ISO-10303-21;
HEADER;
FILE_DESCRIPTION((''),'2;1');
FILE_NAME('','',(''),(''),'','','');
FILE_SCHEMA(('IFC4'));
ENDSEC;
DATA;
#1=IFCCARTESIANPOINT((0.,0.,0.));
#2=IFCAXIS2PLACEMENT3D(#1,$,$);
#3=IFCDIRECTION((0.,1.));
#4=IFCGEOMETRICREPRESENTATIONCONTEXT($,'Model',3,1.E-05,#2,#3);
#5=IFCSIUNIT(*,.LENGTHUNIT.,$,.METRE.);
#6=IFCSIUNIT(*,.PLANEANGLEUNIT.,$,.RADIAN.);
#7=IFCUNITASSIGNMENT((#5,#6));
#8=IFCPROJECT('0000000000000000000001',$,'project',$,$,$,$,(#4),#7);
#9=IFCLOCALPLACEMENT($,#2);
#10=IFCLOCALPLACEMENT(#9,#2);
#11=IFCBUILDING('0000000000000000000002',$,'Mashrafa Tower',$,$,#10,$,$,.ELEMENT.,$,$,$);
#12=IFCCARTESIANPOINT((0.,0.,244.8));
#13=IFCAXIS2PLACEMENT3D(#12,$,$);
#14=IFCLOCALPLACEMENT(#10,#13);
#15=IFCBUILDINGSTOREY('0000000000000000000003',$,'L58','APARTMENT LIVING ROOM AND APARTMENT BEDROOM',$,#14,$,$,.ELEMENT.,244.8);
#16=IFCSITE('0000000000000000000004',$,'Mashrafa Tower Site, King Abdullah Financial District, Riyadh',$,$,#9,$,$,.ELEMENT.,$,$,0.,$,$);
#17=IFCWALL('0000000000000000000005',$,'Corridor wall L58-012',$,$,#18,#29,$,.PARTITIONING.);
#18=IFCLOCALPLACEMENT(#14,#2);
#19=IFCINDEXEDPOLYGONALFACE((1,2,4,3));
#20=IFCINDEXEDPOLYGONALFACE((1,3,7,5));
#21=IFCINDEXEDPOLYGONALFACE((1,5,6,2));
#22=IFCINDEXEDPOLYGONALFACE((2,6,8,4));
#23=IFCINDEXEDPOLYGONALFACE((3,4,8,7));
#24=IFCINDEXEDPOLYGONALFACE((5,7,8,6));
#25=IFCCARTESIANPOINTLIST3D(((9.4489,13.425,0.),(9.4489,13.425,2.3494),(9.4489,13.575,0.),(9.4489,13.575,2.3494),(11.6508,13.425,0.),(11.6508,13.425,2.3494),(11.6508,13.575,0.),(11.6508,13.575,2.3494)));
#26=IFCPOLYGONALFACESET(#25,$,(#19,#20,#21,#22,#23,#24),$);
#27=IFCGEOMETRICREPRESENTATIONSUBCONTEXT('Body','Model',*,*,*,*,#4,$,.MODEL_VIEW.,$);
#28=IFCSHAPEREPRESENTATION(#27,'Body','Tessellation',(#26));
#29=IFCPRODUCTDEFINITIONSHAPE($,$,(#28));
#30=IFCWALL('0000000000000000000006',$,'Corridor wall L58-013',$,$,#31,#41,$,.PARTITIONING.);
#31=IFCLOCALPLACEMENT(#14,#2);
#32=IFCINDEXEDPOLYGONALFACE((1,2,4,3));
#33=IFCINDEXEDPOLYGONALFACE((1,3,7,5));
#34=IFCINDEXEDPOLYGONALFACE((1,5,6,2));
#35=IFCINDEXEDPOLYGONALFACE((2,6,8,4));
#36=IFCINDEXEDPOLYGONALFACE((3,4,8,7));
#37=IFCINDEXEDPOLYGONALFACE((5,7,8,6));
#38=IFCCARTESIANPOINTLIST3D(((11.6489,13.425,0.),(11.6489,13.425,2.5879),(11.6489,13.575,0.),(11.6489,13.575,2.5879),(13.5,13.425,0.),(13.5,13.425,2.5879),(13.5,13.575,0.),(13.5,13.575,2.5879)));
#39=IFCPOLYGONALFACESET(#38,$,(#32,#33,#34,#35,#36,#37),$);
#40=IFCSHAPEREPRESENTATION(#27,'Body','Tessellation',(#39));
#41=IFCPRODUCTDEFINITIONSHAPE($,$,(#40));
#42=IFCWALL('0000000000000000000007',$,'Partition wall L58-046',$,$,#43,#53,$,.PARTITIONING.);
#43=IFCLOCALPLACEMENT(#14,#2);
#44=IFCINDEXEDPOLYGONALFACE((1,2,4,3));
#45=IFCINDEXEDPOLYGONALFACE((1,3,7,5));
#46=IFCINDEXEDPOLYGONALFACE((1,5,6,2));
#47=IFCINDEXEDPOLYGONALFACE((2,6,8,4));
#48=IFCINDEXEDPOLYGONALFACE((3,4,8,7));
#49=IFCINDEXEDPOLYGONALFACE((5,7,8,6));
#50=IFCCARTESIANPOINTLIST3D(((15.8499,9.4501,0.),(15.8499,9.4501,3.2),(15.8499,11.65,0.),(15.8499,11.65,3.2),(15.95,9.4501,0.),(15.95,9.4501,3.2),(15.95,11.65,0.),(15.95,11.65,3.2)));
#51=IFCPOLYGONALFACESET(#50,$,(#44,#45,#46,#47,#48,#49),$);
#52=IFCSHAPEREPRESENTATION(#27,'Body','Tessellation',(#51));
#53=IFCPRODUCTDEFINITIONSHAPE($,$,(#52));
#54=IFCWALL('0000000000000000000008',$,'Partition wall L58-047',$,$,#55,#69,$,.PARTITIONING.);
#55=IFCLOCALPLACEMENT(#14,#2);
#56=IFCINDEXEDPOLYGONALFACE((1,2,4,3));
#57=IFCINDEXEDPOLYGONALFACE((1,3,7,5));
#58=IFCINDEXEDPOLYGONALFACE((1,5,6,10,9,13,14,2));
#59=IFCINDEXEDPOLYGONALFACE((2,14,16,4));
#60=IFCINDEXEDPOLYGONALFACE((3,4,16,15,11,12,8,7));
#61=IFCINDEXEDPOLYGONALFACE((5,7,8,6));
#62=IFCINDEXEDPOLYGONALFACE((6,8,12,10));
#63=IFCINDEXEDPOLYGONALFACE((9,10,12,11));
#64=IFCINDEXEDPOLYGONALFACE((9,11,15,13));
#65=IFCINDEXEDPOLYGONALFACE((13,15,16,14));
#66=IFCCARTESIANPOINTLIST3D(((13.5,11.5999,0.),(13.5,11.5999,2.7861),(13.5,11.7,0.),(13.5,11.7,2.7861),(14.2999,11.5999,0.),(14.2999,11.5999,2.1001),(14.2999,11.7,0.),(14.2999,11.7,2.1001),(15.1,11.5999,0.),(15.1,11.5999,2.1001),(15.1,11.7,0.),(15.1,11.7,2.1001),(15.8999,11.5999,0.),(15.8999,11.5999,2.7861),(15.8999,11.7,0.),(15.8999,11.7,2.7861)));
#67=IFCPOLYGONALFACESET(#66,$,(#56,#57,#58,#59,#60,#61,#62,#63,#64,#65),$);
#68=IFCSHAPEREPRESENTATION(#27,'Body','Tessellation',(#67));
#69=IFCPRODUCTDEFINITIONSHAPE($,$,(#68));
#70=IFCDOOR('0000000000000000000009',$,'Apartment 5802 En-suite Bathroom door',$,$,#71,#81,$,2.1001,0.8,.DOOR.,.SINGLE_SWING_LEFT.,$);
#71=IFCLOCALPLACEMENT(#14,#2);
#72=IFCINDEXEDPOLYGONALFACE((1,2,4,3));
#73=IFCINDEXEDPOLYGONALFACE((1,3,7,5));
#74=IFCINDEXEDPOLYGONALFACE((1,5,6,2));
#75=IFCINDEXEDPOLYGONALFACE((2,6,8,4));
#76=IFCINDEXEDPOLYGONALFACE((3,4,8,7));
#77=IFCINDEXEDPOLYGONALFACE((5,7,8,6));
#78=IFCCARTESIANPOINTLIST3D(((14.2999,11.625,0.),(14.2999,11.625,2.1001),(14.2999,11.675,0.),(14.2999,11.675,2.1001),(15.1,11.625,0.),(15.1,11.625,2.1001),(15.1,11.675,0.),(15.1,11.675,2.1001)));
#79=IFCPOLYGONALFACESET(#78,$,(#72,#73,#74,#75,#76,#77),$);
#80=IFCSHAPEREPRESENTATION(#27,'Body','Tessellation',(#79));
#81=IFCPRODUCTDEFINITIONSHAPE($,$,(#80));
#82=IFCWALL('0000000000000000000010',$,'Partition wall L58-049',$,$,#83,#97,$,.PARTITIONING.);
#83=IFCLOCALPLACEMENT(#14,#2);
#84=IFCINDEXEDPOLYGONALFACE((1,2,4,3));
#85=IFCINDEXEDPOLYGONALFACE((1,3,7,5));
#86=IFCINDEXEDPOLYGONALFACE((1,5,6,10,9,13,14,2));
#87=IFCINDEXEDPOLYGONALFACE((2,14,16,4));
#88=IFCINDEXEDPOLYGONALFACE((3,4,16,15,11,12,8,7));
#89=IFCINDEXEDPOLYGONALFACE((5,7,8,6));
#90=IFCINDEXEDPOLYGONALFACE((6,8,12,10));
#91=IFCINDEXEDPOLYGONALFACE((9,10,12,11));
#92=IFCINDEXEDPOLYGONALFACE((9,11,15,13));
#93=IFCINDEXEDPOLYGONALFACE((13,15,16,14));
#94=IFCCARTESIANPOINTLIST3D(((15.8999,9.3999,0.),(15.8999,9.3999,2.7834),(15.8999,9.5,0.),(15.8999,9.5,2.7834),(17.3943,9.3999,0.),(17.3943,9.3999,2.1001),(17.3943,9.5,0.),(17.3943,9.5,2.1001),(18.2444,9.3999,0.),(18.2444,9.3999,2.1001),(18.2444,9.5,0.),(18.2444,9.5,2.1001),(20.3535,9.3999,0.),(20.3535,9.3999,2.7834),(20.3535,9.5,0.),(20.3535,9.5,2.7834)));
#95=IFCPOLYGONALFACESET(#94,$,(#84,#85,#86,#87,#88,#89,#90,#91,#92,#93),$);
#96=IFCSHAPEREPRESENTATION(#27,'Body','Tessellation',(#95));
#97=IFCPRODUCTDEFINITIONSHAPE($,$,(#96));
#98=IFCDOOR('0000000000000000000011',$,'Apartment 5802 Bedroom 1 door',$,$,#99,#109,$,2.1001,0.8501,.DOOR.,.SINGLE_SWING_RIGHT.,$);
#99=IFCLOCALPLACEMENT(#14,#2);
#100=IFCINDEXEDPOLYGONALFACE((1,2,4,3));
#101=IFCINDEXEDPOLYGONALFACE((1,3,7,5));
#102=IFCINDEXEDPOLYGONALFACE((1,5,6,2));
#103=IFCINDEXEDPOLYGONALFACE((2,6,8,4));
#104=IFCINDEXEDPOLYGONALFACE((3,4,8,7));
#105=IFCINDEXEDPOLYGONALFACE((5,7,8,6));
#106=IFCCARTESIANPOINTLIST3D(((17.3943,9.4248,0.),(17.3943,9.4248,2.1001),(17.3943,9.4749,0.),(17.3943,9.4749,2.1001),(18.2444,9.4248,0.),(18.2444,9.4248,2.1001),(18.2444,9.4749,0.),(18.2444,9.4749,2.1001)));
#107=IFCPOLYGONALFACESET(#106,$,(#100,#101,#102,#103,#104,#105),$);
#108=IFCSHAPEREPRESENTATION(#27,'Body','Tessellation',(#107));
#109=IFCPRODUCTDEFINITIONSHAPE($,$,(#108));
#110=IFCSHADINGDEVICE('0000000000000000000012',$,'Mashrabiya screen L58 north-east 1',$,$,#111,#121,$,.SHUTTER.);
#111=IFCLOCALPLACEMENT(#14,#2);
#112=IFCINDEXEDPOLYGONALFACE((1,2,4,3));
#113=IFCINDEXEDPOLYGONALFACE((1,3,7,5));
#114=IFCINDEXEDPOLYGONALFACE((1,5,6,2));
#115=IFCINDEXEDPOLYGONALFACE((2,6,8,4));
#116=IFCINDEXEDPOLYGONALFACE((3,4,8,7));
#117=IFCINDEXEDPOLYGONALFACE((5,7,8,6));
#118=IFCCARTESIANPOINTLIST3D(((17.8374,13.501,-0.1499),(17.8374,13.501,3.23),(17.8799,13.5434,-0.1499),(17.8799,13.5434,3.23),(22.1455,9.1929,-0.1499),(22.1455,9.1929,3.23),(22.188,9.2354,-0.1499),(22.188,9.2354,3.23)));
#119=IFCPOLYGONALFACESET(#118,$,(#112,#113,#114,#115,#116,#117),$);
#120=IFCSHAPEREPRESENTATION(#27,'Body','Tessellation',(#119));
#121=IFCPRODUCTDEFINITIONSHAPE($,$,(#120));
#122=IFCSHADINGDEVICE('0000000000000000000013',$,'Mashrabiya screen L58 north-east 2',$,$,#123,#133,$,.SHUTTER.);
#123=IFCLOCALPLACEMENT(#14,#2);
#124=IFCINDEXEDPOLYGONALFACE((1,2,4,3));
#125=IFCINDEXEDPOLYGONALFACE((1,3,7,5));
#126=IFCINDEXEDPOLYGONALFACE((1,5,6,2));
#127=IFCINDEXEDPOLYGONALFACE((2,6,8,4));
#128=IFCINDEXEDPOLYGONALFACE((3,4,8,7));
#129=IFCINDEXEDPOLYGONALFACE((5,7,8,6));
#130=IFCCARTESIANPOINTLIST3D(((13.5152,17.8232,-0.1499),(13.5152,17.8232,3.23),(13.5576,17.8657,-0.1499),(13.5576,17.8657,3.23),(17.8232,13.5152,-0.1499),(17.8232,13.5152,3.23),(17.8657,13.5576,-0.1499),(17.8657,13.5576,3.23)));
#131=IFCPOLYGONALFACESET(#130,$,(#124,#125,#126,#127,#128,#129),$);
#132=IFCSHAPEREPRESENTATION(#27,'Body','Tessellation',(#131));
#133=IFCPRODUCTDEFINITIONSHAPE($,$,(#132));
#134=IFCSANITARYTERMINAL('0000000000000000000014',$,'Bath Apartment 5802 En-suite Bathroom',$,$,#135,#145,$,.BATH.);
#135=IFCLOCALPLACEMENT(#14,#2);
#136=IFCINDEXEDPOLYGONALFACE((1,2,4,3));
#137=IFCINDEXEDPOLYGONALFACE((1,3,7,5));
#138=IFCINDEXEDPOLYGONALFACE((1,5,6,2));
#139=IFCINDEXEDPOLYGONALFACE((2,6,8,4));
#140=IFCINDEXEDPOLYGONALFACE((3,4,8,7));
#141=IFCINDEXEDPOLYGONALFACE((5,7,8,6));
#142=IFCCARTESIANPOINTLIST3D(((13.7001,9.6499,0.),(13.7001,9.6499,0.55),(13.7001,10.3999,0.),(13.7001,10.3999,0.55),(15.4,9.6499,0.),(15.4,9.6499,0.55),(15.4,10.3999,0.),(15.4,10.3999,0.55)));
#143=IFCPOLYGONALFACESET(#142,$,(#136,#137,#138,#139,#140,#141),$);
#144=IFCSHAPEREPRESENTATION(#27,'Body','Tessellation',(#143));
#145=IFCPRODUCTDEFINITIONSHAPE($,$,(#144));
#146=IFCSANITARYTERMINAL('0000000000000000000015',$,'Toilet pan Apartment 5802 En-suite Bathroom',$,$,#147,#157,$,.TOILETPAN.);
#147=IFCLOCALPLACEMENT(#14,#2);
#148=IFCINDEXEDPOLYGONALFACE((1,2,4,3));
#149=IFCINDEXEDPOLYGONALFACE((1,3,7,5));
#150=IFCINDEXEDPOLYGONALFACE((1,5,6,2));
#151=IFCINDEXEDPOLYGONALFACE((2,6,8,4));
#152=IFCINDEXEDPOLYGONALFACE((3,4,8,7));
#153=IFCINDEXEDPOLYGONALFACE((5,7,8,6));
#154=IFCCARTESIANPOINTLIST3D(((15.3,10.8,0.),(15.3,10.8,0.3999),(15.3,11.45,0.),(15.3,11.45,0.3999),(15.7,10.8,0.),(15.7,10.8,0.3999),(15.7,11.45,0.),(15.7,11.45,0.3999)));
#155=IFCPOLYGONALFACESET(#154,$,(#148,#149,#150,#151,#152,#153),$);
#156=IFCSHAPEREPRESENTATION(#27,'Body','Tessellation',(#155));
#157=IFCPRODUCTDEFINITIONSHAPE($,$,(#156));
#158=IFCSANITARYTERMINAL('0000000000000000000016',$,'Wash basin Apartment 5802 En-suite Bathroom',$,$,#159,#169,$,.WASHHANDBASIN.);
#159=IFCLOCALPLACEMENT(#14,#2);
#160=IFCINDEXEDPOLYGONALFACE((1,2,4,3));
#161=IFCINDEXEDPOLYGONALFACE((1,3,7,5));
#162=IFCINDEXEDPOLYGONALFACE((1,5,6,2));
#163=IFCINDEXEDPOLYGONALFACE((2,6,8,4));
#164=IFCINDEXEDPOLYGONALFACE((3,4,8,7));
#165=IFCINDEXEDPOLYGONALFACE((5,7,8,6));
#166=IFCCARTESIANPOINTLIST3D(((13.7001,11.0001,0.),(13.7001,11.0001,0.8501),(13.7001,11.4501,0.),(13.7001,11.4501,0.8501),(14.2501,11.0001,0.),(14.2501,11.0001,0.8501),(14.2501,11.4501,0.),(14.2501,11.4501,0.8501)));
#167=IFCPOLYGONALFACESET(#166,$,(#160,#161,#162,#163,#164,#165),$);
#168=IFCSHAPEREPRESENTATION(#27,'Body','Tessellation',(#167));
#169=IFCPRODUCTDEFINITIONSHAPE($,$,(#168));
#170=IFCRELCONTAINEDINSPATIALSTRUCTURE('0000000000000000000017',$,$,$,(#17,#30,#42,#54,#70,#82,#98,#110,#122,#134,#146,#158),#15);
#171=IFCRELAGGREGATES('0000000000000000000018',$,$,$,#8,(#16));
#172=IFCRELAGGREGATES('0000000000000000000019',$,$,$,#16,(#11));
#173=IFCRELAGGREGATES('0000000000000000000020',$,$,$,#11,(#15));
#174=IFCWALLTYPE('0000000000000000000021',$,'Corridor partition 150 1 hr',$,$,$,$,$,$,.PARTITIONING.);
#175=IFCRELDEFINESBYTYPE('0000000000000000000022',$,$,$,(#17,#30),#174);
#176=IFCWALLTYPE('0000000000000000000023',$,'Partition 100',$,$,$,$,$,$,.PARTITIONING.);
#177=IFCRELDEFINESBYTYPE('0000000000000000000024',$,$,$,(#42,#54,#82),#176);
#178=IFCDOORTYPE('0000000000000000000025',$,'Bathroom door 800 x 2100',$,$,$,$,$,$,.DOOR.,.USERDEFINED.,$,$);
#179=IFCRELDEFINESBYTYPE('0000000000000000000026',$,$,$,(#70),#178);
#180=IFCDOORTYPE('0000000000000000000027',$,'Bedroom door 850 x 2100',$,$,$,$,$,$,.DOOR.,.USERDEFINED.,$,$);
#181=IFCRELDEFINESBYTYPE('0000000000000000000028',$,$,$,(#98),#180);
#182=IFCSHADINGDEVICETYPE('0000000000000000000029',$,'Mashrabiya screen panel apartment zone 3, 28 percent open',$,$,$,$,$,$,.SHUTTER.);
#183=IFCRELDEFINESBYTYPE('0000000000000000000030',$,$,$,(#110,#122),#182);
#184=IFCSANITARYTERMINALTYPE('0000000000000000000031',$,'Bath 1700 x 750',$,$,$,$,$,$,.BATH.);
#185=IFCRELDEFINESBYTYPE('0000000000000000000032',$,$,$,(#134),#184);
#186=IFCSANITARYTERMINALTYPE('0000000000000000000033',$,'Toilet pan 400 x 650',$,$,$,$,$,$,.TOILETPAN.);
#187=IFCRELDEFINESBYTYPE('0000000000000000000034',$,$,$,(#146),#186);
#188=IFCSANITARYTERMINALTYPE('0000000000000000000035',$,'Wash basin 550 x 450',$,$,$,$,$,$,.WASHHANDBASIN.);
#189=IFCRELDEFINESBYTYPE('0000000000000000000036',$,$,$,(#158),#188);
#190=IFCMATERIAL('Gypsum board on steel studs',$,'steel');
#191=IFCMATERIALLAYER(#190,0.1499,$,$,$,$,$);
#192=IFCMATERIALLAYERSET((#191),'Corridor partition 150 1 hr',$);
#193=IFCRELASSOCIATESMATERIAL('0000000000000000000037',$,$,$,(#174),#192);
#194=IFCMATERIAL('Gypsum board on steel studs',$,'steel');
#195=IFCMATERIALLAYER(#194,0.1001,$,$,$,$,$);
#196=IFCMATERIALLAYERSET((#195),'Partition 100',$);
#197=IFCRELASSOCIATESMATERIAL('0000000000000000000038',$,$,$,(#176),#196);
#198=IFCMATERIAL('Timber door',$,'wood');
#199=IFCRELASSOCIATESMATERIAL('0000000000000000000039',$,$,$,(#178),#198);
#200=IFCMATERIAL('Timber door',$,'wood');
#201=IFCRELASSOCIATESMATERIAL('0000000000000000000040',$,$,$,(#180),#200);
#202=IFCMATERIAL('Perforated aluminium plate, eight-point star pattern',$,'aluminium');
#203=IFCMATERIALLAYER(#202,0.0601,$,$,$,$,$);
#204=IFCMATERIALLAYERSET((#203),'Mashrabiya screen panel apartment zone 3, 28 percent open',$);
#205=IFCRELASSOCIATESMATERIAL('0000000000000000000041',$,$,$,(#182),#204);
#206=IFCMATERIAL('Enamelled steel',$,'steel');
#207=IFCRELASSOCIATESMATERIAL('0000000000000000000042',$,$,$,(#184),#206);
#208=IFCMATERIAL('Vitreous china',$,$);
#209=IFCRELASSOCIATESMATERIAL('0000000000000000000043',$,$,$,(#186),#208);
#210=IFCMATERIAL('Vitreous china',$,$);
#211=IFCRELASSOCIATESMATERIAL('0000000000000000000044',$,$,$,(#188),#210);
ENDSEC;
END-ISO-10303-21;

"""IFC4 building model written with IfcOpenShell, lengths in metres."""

from ifc_helpers import new_model, si_unit, direction, frame, frame_2d, origin, origin_2d, place, context, subcontext, project, spatial, rectangle, extrude, source, transform, mapped, material, layer, layer_set, type_object, type_shapes, element, fill, save


model = new_model("IFC4")

# Units and contexts
model_context = context("Model", 3, precision=1e-05, world=origin(), true_north=direction((0.0, 1.0)))
body_context = subcontext(model_context, "Body", "Model", "MODEL_VIEW")
ifc_project = project(units=[si_unit("LENGTHUNIT", "METRE"), si_unit("PLANEANGLEUNIT", "RADIAN")], contexts=[model_context])

# Site, building, storey
site_placement = place(None, origin())
site = spatial("IfcSite", under=ifc_project, at=site_placement, Name="Mashrafa Tower Site, King Abdullah Financial District, Riyadh", CompositionType="ELEMENT", RefElevation=0.0)
building_placement = place(site_placement, origin())
building = spatial("IfcBuilding", under=site, at=building_placement, Name="Mashrafa Tower", CompositionType="ELEMENT")
storey_placement = place(building_placement, frame((0.0, 0.0, 244.8)))
storey = spatial("IfcBuildingStorey", under=building, at=storey_placement, Name="L58", Description="APARTMENT LIVING ROOM AND APARTMENT BEDROOM", CompositionType="ELEMENT", Elevation=244.8)

# Walls
ifc_material_1 = material(Name="Gypsum board on steel studs", Category="steel")
ifc_layer_1 = layer(ifc_material_1, 0.1499)
ifc_layer_set_1 = layer_set([ifc_layer_1], Name="Corridor partition 150 1 hr")
wall_type_1 = type_object("IfcWallType", Name="Corridor partition 150 1 hr", PredefinedType="PARTITIONING", material=ifc_layer_set_1)
wall_1_placement = place(storey_placement, frame((11.6509, 13.5, 0.0), z_axis=(0.0, 0.0, 1.0), x_axis=(-1.0, 0.0, 0.0)))
element("IfcWall", 1, at=wall_1_placement, inside=storey, type_object=wall_type_1, Name="Corridor wall L58-012", PredefinedType="PARTITIONING", context=body_context, shape_type="SweptSolid", body=[
    extrude(rectangle(XDim=2.2019, YDim=0.1499, at=frame_2d((1.1011, 0.0))), origin(), (0.0, 0.0, 1.0), 2.3494),
])
wall_2_placement = place(storey_placement, frame((13.5, 13.5, 0.0), z_axis=(0.0, 0.0, 1.0), x_axis=(-1.0, 0.0, 0.0)))
element("IfcWall", 2, at=wall_2_placement, inside=storey, type_object=wall_type_1, Name="Corridor wall L58-013", PredefinedType="PARTITIONING", context=body_context, shape_type="SweptSolid", body=[
    extrude(rectangle(XDim=1.8511, YDim=0.1499, at=frame_2d((0.9255, 0.0))), origin(), (0.0, 0.0, 1.0), 2.5879),
])
ifc_material_2 = material(Name="Gypsum board on steel studs", Category="steel")
ifc_layer_2 = layer(ifc_material_2, 0.1001)
ifc_layer_set_2 = layer_set([ifc_layer_2], Name="Partition 100")
wall_type_2 = type_object("IfcWallType", Name="Partition 100", PredefinedType="PARTITIONING", material=ifc_layer_set_2)
wall_3_placement = place(storey_placement, frame((15.8999, 9.45, 0.0), z_axis=(0.0, 0.0, 1.0), x_axis=(0.0, 1.0, 0.0)))
element("IfcWall", 3, at=wall_3_placement, inside=storey, type_object=wall_type_2, Name="Partition wall L58-046", PredefinedType="PARTITIONING", context=body_context, shape_type="SweptSolid", body=[
    extrude(rectangle(XDim=2.2, YDim=0.1001, at=frame_2d((1.1001, 0.0))), origin(), (0.0, 0.0, 1.0), 3.2),
])

# Walls, openings, doors
wall_4_placement = place(storey_placement, frame((15.8999, 11.6499, 0.0), z_axis=(0.0, 0.0, 1.0), x_axis=(-1.0, 0.0, 0.0)))
wall_4 = element("IfcWall", 4, at=wall_4_placement, inside=storey, type_object=wall_type_2, Name="Partition wall L58-047", PredefinedType="PARTITIONING", context=body_context, shape_type="SweptSolid", body=[
    extrude(rectangle(XDim=2.3999, YDim=0.1001, at=frame_2d((1.2, 0.0))), origin(), (0.0, 0.0, 1.0), 2.7861),
])
opening_1_placement = place(wall_4_placement, frame((0.8, 0.0, 0.0)))
opening_1 = element("IfcOpeningElement", 5, at=opening_1_placement, cuts=wall_4, PredefinedType="OPENING", context=body_context, shape_type="SweptSolid", body=[
    extrude(rectangle(XDim=0.8, YDim=2.1001, at=frame_2d((0.3999, 1.05))), frame((0.0, 0.0601, 0.0), z_axis=(0.0, -1.0, 0.0), x_axis=(1.0, 0.0, 0.0)), (0.0, 0.0, 1.0), 0.1201),
])
ifc_material_3 = material(Name="Timber door", Category="wood")
door_type_1 = type_object("IfcDoorType", Name="Bathroom door 800 x 2100", OperationType="USERDEFINED", PredefinedType="DOOR", material=ifc_material_3)
door_1_placement = place(opening_1_placement, origin())
door_1 = element("IfcDoor", 6, at=door_1_placement, inside=storey, type_object=door_type_1, Name="Apartment 5802 En-suite Bathroom door", OperationType="SINGLE_SWING_LEFT", OverallHeight=2.1001, OverallWidth=0.8, PredefinedType="DOOR", context=body_context, shape_type="SweptSolid", body=[
    extrude(rectangle(XDim=0.8, YDim=2.1001, at=frame_2d((0.3999, 1.05))), frame((0.0, 0.0249, 0.0), z_axis=(0.0, -1.0, 0.0), x_axis=(1.0, 0.0, 0.0)), (0.0, 0.0, 1.0), 0.05),
])
fill(opening_1, door_1)
wall_5_placement = place(storey_placement, frame((15.8999, 9.45, 0.0), z_axis=(0.0, 0.0, 1.0), x_axis=(1.0, 0.0, 0.0)))
wall_5 = element("IfcWall", 7, at=wall_5_placement, inside=storey, type_object=wall_type_2, Name="Partition wall L58-049", PredefinedType="PARTITIONING", context=body_context, shape_type="SweptSolid", body=[
    extrude(rectangle(XDim=4.4536, YDim=0.1001, at=frame_2d((2.2268, 0.0))), origin(), (0.0, 0.0, 1.0), 2.7834),
])
opening_2_placement = place(wall_5_placement, frame((1.4944, 0.0, 0.0)))
opening_2 = element("IfcOpeningElement", 8, at=opening_2_placement, cuts=wall_5, PredefinedType="OPENING", context=body_context, shape_type="SweptSolid", body=[
    extrude(rectangle(XDim=0.8501, YDim=2.1001, at=frame_2d((0.425, 1.05))), frame((0.0, 0.0601, 0.0), z_axis=(0.0, -1.0, 0.0), x_axis=(1.0, 0.0, 0.0)), (0.0, 0.0, 1.0), 0.1201),
])
ifc_material_4 = material(Name="Timber door", Category="wood")
door_type_2 = type_object("IfcDoorType", Name="Bedroom door 850 x 2100", OperationType="USERDEFINED", PredefinedType="DOOR", material=ifc_material_4)
door_2_placement = place(opening_2_placement, origin())
door_2 = element("IfcDoor", 9, at=door_2_placement, inside=storey, type_object=door_type_2, Name="Apartment 5802 Bedroom 1 door", OperationType="SINGLE_SWING_RIGHT", OverallHeight=2.1001, OverallWidth=0.8501, PredefinedType="DOOR", context=body_context, shape_type="SweptSolid", body=[
    extrude(rectangle(XDim=0.8501, YDim=2.1001, at=frame_2d((0.425, 1.05))), frame((0.0, 0.0249, 0.0), z_axis=(0.0, -1.0, 0.0), x_axis=(1.0, 0.0, 0.0)), (0.0, 0.0, 1.0), 0.05),
])
fill(opening_2, door_2)

# Shading devices
ifc_material_5 = material(Name="Perforated aluminium plate, eight-point star pattern", Category="aluminium")
ifc_layer_3 = layer(ifc_material_5, 0.0601)
ifc_layer_set_3 = layer_set([ifc_layer_3], Name="Mashrabiya screen panel apartment zone 3, 28 percent open")
shading_device_type = type_object("IfcShadingDeviceType", Name="Mashrabiya screen panel apartment zone 3, 28 percent open", PredefinedType="SHUTTER", material=ifc_layer_set_3)
shared_shape_1 = source(origin(), body_context, "Body", "SweptSolid", [
    extrude(rectangle(XDim=6.0925, YDim=0.0601, at=origin_2d()), origin(), (0.0, 0.0, 1.0), 3.3799),
])
type_shapes(shading_device_type, [shared_shape_1])
for number, where, z_axis, x_axis, name in (
    (10, (20.0127, 11.3682, -0.1499), (0.0, 0.0, 1.0), (-0.707107, 0.707107, 0.0), "Mashrabiya screen L58 north-east 1"),
    (11, (15.6904, 15.6904, -0.1499), (0.0, 0.0, 1.0), (-0.707107, 0.707107, 0.0), "Mashrabiya screen L58 north-east 2"),
):
    element("IfcShadingDevice", number, at=place(storey_placement, frame(where, z_axis=z_axis, x_axis=x_axis)), inside=storey, type_object=shading_device_type, Name=name, PredefinedType="SHUTTER", context=body_context, shape_type="MappedRepresentation", body=[
        mapped(shared_shape_1, transform((0.0, 0.0, 0.0))),
    ])

# Sanitary terminals
ifc_material_6 = material(Name="Enamelled steel", Category="steel")
sanitary_terminal_type_1 = type_object("IfcSanitaryTerminalType", Name="Bath 1700 x 750", PredefinedType="BATH", material=ifc_material_6)
sanitary_terminal_1_placement = place(storey_placement, frame((14.55, 10.0249, 0.0), z_axis=(0.0, 0.0, 1.0), x_axis=(1.0, 0.0, 0.0)))
element("IfcSanitaryTerminal", 12, at=sanitary_terminal_1_placement, inside=storey, type_object=sanitary_terminal_type_1, Name="Bath Apartment 5802 En-suite Bathroom", PredefinedType="BATH", context=body_context, shape_type="SweptSolid", body=[
    extrude(rectangle(XDim=1.7, YDim=0.75, at=origin_2d()), origin(), (0.0, 0.0, 1.0), 0.55),
])
ifc_material_7 = material(Name="Vitreous china")
sanitary_terminal_type_2 = type_object("IfcSanitaryTerminalType", Name="Toilet pan 400 x 650", PredefinedType="TOILETPAN", material=ifc_material_7)
sanitary_terminal_2_placement = place(storey_placement, frame((15.5, 11.125, 0.0), z_axis=(0.0, 0.0, 1.0), x_axis=(-1.0, 0.0, 0.0)))
element("IfcSanitaryTerminal", 13, at=sanitary_terminal_2_placement, inside=storey, type_object=sanitary_terminal_type_2, Name="Toilet pan Apartment 5802 En-suite Bathroom", PredefinedType="TOILETPAN", context=body_context, shape_type="SweptSolid", body=[
    extrude(rectangle(XDim=0.3999, YDim=0.6499, at=origin_2d()), origin(), (0.0, 0.0, 1.0), 0.3999),
])
ifc_material_8 = material(Name="Vitreous china")
sanitary_terminal_type_3 = type_object("IfcSanitaryTerminalType", Name="Wash basin 550 x 450", PredefinedType="WASHHANDBASIN", material=ifc_material_8)
sanitary_terminal_3_placement = place(storey_placement, frame((13.9751, 11.2251, 0.0), z_axis=(0.0, 0.0, 1.0), x_axis=(-1.0, 0.0, 0.0)))
element("IfcSanitaryTerminal", 14, at=sanitary_terminal_3_placement, inside=storey, type_object=sanitary_terminal_type_3, Name="Wash basin Apartment 5802 En-suite Bathroom", PredefinedType="WASHHANDBASIN", context=body_context, shape_type="SweptSolid", body=[
    extrude(rectangle(XDim=0.55, YDim=0.45, at=origin_2d()), origin(), (0.0, 0.0, 1.0), 0.8501),
])

save(model, "model.ifc")
